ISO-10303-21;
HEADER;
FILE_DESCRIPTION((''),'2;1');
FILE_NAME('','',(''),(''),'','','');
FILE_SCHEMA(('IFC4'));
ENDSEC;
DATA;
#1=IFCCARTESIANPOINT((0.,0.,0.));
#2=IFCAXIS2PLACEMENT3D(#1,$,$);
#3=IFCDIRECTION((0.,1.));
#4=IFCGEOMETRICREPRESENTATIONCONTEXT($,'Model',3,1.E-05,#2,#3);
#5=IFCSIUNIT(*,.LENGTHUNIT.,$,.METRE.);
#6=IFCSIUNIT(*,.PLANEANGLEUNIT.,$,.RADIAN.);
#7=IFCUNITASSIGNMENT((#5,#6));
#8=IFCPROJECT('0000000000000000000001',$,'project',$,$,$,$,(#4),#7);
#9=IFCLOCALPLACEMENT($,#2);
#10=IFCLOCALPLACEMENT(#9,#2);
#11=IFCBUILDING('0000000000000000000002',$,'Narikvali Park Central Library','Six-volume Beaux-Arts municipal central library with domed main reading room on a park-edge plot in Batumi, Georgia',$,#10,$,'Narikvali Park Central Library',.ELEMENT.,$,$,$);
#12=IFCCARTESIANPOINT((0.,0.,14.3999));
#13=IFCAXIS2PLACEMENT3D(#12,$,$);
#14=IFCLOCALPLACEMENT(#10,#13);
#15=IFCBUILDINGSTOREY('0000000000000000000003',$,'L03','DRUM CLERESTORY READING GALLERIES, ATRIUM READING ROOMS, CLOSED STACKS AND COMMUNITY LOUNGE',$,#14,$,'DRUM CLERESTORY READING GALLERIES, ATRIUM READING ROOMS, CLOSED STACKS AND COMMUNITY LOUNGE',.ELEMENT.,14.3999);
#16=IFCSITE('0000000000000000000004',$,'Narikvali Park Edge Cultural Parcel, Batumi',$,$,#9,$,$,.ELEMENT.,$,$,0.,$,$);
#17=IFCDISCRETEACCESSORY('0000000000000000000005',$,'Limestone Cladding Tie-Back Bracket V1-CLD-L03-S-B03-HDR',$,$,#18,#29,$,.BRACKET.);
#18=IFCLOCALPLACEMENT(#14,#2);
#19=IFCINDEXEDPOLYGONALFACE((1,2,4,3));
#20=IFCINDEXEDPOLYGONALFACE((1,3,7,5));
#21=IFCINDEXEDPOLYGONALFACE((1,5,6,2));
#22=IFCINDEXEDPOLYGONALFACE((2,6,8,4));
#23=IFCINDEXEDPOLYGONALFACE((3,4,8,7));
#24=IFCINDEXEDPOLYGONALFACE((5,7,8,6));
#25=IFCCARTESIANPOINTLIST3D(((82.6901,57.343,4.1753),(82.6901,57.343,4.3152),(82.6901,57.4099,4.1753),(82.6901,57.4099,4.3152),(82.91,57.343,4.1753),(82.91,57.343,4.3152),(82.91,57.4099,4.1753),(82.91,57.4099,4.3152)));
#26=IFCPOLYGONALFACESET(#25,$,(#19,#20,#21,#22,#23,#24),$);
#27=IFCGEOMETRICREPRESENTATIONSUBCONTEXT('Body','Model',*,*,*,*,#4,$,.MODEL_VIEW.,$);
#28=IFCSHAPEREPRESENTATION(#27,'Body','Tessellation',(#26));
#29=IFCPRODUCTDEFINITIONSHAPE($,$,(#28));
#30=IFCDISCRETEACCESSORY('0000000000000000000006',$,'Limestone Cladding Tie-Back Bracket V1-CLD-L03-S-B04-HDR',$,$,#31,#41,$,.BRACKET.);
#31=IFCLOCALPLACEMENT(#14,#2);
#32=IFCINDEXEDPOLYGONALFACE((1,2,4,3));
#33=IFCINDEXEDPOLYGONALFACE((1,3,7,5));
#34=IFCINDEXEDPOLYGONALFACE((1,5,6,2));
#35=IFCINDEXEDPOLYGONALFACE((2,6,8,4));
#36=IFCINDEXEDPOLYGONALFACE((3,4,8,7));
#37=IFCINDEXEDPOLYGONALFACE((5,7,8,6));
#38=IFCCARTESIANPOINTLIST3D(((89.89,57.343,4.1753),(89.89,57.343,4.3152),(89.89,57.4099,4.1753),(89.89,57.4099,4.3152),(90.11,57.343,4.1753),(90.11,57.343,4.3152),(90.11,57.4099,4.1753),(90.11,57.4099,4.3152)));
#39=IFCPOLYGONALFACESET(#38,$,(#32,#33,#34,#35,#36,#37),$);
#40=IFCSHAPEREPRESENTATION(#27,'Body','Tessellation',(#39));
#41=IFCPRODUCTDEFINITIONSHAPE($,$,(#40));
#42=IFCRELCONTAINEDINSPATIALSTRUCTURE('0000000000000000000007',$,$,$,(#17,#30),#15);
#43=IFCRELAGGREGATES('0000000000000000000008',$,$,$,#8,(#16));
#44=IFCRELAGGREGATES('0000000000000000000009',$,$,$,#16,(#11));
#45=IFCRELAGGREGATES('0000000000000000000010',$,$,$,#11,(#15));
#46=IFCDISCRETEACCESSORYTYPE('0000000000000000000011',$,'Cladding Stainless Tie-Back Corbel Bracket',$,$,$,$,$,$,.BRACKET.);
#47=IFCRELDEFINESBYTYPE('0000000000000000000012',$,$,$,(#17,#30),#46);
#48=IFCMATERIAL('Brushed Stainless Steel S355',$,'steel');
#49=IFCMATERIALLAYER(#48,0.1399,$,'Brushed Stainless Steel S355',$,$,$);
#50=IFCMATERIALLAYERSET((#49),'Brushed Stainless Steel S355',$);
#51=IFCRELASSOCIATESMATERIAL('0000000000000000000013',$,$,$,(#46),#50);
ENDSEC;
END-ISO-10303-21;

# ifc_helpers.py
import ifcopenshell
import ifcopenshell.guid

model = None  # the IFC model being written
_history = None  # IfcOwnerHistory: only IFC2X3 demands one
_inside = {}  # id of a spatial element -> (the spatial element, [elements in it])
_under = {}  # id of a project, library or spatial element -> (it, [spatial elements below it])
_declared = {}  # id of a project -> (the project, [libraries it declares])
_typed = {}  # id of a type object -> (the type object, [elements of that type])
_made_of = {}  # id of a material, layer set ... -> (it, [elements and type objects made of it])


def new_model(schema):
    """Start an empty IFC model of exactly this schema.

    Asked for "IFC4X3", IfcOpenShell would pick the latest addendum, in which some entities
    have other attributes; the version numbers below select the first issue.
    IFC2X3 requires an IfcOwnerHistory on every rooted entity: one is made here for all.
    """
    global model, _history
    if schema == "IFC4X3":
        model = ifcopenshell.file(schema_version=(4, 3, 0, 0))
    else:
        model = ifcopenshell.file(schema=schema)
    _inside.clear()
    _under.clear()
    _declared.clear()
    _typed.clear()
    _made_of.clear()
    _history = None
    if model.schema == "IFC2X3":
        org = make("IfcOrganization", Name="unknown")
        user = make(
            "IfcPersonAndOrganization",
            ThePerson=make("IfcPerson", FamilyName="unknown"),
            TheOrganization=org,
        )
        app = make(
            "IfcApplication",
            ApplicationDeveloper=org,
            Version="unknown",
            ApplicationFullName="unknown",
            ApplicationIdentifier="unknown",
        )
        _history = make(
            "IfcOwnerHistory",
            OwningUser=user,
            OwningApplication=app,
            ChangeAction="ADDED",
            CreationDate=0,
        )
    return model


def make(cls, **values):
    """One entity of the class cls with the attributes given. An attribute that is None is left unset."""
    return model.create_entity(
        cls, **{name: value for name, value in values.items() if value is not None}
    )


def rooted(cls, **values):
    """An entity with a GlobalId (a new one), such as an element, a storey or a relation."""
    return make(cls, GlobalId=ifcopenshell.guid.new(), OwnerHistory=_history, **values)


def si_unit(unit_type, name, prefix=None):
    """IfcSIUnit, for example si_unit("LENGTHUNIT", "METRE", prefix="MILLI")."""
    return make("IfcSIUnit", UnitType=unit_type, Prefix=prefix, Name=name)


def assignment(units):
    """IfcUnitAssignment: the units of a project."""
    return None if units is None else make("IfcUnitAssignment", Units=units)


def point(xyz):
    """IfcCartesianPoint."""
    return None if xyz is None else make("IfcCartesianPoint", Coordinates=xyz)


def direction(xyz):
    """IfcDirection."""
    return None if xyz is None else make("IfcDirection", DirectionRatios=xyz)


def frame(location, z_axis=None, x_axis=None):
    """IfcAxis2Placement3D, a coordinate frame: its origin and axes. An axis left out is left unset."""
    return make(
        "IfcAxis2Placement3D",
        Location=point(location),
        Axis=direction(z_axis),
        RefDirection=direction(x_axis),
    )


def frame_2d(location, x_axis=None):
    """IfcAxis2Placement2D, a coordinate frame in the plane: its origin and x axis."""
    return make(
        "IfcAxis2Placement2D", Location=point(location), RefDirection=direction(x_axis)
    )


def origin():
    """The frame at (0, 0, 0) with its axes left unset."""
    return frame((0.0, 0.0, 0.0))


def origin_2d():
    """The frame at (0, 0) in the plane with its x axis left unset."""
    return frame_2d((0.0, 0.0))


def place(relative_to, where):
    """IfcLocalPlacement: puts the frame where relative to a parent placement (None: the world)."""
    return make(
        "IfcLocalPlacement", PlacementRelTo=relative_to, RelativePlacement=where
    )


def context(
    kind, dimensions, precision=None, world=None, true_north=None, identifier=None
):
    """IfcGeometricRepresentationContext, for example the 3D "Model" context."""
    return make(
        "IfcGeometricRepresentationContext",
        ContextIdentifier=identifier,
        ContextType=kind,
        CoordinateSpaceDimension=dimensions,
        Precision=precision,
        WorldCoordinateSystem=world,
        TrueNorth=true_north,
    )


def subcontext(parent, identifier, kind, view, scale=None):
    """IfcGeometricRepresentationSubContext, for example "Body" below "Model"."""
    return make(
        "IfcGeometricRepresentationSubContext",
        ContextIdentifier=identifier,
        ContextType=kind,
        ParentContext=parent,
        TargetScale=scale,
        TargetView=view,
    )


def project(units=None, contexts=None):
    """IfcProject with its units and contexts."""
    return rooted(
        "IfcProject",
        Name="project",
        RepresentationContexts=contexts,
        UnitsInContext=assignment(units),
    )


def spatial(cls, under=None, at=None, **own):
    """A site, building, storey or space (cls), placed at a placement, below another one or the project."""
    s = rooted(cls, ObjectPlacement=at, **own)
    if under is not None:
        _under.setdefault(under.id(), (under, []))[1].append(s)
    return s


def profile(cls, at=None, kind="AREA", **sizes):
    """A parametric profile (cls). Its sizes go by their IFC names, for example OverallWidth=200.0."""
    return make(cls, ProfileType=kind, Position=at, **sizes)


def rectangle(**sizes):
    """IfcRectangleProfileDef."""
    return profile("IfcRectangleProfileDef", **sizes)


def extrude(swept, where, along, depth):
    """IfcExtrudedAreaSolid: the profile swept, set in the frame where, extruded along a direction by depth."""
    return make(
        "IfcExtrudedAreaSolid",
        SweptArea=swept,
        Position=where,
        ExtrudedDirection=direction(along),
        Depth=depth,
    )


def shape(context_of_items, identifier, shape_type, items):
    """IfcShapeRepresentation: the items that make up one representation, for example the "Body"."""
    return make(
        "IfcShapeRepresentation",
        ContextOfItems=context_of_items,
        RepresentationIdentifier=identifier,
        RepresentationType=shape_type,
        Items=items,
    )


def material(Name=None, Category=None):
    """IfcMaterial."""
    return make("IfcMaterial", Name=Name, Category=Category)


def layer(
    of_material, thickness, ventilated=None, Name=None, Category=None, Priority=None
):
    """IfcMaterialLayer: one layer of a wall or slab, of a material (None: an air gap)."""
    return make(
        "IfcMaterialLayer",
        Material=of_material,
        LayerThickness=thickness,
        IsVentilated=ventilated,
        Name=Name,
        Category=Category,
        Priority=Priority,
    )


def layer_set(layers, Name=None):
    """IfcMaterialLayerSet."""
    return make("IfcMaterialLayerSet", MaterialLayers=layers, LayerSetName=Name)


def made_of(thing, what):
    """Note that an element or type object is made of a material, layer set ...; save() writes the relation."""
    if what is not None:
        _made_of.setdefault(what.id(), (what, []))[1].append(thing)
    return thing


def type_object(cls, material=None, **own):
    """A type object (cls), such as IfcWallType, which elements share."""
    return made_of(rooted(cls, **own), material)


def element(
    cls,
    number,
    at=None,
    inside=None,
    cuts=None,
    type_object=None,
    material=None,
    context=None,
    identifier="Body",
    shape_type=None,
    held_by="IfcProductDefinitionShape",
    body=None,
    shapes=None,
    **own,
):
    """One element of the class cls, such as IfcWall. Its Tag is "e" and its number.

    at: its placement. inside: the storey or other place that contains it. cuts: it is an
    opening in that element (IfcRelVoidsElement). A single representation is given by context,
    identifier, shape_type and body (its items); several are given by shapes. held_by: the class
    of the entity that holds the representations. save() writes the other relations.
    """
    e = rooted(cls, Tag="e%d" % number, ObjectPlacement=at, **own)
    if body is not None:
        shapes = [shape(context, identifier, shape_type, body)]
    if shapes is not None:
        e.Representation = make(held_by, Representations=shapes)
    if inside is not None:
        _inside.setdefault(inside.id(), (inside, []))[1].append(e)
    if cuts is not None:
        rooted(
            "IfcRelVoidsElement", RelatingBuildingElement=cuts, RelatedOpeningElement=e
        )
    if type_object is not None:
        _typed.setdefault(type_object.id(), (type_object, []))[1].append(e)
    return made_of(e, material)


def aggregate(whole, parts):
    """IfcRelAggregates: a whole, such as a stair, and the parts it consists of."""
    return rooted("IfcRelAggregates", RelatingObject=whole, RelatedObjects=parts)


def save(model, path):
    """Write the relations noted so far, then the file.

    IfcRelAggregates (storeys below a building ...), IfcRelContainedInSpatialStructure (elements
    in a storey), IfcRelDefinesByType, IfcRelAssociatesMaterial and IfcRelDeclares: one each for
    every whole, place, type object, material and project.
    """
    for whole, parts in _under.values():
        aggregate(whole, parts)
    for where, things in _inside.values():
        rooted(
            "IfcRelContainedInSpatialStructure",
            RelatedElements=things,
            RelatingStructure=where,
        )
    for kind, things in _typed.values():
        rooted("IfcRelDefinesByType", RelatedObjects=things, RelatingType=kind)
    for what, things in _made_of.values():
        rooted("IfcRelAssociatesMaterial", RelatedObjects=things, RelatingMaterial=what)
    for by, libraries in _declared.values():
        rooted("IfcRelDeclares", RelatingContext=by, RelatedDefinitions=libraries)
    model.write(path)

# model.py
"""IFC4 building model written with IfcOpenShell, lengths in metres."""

from ifc_helpers import new_model, si_unit, direction, frame, origin, origin_2d, place, context, subcontext, project, spatial, rectangle, extrude, material, layer, layer_set, type_object, element, save


model = new_model("IFC4")

# Units and contexts
model_context = context("Model", 3, precision=1e-05, world=origin(), true_north=direction((0.0, 1.0)))
body_context = subcontext(model_context, "Body", "Model", "MODEL_VIEW")
ifc_project = project(units=[si_unit("LENGTHUNIT", "METRE"), si_unit("PLANEANGLEUNIT", "RADIAN")], contexts=[model_context])

# Site, building, storey
site_placement = place(None, origin())
site = spatial("IfcSite", under=ifc_project, at=site_placement, Name="Narikvali Park Edge Cultural Parcel, Batumi", CompositionType="ELEMENT", RefElevation=0.0)
building_placement = place(site_placement, origin())
building = spatial("IfcBuilding", under=site, at=building_placement, Name="Narikvali Park Central Library", Description="Six-volume Beaux-Arts municipal central library with domed main reading room on a park-edge plot in Batumi, Georgia", LongName="Narikvali Park Central Library", CompositionType="ELEMENT")
storey_placement = place(building_placement, frame((0.0, 0.0, 14.3999)))
storey = spatial("IfcBuildingStorey", under=building, at=storey_placement, Name="L03", Description="DRUM CLERESTORY READING GALLERIES, ATRIUM READING ROOMS, CLOSED STACKS AND COMMUNITY LOUNGE", LongName="DRUM CLERESTORY READING GALLERIES, ATRIUM READING ROOMS, CLOSED STACKS AND COMMUNITY LOUNGE", CompositionType="ELEMENT", Elevation=14.3999)

# Discrete accessories
ifc_material_1 = material(Name="Brushed Stainless Steel S355", Category="steel")
ifc_layer_1 = layer(ifc_material_1, 0.1399, Name="Brushed Stainless Steel S355")
ifc_layer_set_1 = layer_set([ifc_layer_1], Name="Brushed Stainless Steel S355")
discrete_accessory_type = type_object("IfcDiscreteAccessoryType", Name="Cladding Stainless Tie-Back Corbel Bracket", PredefinedType="BRACKET", material=ifc_layer_set_1)
for number, where, z_axis, x_axis, name in (
    (1, (82.8, 57.3765, 4.1753), (0.0, 0.0, 1.0), (1.0, 0.0, 0.0), "Limestone Cladding Tie-Back Bracket V1-CLD-L03-S-B03-HDR"),
    (2, (90.0, 57.3765, 4.1753), (0.0, 0.0, 1.0), (1.0, 0.0, 0.0), "Limestone Cladding Tie-Back Bracket V1-CLD-L03-S-B04-HDR"),
):
    element("IfcDiscreteAccessory", number, at=place(storey_placement, frame(where, z_axis=z_axis, x_axis=x_axis)), inside=storey, type_object=discrete_accessory_type, Name=name, PredefinedType="BRACKET", context=body_context, shape_type="SweptSolid", body=[
        extrude(rectangle(XDim=0.22, YDim=0.0669, at=origin_2d()), origin(), (0.0, 0.0, 1.0), 0.1399),
    ])

save(model, "model.ifc")
